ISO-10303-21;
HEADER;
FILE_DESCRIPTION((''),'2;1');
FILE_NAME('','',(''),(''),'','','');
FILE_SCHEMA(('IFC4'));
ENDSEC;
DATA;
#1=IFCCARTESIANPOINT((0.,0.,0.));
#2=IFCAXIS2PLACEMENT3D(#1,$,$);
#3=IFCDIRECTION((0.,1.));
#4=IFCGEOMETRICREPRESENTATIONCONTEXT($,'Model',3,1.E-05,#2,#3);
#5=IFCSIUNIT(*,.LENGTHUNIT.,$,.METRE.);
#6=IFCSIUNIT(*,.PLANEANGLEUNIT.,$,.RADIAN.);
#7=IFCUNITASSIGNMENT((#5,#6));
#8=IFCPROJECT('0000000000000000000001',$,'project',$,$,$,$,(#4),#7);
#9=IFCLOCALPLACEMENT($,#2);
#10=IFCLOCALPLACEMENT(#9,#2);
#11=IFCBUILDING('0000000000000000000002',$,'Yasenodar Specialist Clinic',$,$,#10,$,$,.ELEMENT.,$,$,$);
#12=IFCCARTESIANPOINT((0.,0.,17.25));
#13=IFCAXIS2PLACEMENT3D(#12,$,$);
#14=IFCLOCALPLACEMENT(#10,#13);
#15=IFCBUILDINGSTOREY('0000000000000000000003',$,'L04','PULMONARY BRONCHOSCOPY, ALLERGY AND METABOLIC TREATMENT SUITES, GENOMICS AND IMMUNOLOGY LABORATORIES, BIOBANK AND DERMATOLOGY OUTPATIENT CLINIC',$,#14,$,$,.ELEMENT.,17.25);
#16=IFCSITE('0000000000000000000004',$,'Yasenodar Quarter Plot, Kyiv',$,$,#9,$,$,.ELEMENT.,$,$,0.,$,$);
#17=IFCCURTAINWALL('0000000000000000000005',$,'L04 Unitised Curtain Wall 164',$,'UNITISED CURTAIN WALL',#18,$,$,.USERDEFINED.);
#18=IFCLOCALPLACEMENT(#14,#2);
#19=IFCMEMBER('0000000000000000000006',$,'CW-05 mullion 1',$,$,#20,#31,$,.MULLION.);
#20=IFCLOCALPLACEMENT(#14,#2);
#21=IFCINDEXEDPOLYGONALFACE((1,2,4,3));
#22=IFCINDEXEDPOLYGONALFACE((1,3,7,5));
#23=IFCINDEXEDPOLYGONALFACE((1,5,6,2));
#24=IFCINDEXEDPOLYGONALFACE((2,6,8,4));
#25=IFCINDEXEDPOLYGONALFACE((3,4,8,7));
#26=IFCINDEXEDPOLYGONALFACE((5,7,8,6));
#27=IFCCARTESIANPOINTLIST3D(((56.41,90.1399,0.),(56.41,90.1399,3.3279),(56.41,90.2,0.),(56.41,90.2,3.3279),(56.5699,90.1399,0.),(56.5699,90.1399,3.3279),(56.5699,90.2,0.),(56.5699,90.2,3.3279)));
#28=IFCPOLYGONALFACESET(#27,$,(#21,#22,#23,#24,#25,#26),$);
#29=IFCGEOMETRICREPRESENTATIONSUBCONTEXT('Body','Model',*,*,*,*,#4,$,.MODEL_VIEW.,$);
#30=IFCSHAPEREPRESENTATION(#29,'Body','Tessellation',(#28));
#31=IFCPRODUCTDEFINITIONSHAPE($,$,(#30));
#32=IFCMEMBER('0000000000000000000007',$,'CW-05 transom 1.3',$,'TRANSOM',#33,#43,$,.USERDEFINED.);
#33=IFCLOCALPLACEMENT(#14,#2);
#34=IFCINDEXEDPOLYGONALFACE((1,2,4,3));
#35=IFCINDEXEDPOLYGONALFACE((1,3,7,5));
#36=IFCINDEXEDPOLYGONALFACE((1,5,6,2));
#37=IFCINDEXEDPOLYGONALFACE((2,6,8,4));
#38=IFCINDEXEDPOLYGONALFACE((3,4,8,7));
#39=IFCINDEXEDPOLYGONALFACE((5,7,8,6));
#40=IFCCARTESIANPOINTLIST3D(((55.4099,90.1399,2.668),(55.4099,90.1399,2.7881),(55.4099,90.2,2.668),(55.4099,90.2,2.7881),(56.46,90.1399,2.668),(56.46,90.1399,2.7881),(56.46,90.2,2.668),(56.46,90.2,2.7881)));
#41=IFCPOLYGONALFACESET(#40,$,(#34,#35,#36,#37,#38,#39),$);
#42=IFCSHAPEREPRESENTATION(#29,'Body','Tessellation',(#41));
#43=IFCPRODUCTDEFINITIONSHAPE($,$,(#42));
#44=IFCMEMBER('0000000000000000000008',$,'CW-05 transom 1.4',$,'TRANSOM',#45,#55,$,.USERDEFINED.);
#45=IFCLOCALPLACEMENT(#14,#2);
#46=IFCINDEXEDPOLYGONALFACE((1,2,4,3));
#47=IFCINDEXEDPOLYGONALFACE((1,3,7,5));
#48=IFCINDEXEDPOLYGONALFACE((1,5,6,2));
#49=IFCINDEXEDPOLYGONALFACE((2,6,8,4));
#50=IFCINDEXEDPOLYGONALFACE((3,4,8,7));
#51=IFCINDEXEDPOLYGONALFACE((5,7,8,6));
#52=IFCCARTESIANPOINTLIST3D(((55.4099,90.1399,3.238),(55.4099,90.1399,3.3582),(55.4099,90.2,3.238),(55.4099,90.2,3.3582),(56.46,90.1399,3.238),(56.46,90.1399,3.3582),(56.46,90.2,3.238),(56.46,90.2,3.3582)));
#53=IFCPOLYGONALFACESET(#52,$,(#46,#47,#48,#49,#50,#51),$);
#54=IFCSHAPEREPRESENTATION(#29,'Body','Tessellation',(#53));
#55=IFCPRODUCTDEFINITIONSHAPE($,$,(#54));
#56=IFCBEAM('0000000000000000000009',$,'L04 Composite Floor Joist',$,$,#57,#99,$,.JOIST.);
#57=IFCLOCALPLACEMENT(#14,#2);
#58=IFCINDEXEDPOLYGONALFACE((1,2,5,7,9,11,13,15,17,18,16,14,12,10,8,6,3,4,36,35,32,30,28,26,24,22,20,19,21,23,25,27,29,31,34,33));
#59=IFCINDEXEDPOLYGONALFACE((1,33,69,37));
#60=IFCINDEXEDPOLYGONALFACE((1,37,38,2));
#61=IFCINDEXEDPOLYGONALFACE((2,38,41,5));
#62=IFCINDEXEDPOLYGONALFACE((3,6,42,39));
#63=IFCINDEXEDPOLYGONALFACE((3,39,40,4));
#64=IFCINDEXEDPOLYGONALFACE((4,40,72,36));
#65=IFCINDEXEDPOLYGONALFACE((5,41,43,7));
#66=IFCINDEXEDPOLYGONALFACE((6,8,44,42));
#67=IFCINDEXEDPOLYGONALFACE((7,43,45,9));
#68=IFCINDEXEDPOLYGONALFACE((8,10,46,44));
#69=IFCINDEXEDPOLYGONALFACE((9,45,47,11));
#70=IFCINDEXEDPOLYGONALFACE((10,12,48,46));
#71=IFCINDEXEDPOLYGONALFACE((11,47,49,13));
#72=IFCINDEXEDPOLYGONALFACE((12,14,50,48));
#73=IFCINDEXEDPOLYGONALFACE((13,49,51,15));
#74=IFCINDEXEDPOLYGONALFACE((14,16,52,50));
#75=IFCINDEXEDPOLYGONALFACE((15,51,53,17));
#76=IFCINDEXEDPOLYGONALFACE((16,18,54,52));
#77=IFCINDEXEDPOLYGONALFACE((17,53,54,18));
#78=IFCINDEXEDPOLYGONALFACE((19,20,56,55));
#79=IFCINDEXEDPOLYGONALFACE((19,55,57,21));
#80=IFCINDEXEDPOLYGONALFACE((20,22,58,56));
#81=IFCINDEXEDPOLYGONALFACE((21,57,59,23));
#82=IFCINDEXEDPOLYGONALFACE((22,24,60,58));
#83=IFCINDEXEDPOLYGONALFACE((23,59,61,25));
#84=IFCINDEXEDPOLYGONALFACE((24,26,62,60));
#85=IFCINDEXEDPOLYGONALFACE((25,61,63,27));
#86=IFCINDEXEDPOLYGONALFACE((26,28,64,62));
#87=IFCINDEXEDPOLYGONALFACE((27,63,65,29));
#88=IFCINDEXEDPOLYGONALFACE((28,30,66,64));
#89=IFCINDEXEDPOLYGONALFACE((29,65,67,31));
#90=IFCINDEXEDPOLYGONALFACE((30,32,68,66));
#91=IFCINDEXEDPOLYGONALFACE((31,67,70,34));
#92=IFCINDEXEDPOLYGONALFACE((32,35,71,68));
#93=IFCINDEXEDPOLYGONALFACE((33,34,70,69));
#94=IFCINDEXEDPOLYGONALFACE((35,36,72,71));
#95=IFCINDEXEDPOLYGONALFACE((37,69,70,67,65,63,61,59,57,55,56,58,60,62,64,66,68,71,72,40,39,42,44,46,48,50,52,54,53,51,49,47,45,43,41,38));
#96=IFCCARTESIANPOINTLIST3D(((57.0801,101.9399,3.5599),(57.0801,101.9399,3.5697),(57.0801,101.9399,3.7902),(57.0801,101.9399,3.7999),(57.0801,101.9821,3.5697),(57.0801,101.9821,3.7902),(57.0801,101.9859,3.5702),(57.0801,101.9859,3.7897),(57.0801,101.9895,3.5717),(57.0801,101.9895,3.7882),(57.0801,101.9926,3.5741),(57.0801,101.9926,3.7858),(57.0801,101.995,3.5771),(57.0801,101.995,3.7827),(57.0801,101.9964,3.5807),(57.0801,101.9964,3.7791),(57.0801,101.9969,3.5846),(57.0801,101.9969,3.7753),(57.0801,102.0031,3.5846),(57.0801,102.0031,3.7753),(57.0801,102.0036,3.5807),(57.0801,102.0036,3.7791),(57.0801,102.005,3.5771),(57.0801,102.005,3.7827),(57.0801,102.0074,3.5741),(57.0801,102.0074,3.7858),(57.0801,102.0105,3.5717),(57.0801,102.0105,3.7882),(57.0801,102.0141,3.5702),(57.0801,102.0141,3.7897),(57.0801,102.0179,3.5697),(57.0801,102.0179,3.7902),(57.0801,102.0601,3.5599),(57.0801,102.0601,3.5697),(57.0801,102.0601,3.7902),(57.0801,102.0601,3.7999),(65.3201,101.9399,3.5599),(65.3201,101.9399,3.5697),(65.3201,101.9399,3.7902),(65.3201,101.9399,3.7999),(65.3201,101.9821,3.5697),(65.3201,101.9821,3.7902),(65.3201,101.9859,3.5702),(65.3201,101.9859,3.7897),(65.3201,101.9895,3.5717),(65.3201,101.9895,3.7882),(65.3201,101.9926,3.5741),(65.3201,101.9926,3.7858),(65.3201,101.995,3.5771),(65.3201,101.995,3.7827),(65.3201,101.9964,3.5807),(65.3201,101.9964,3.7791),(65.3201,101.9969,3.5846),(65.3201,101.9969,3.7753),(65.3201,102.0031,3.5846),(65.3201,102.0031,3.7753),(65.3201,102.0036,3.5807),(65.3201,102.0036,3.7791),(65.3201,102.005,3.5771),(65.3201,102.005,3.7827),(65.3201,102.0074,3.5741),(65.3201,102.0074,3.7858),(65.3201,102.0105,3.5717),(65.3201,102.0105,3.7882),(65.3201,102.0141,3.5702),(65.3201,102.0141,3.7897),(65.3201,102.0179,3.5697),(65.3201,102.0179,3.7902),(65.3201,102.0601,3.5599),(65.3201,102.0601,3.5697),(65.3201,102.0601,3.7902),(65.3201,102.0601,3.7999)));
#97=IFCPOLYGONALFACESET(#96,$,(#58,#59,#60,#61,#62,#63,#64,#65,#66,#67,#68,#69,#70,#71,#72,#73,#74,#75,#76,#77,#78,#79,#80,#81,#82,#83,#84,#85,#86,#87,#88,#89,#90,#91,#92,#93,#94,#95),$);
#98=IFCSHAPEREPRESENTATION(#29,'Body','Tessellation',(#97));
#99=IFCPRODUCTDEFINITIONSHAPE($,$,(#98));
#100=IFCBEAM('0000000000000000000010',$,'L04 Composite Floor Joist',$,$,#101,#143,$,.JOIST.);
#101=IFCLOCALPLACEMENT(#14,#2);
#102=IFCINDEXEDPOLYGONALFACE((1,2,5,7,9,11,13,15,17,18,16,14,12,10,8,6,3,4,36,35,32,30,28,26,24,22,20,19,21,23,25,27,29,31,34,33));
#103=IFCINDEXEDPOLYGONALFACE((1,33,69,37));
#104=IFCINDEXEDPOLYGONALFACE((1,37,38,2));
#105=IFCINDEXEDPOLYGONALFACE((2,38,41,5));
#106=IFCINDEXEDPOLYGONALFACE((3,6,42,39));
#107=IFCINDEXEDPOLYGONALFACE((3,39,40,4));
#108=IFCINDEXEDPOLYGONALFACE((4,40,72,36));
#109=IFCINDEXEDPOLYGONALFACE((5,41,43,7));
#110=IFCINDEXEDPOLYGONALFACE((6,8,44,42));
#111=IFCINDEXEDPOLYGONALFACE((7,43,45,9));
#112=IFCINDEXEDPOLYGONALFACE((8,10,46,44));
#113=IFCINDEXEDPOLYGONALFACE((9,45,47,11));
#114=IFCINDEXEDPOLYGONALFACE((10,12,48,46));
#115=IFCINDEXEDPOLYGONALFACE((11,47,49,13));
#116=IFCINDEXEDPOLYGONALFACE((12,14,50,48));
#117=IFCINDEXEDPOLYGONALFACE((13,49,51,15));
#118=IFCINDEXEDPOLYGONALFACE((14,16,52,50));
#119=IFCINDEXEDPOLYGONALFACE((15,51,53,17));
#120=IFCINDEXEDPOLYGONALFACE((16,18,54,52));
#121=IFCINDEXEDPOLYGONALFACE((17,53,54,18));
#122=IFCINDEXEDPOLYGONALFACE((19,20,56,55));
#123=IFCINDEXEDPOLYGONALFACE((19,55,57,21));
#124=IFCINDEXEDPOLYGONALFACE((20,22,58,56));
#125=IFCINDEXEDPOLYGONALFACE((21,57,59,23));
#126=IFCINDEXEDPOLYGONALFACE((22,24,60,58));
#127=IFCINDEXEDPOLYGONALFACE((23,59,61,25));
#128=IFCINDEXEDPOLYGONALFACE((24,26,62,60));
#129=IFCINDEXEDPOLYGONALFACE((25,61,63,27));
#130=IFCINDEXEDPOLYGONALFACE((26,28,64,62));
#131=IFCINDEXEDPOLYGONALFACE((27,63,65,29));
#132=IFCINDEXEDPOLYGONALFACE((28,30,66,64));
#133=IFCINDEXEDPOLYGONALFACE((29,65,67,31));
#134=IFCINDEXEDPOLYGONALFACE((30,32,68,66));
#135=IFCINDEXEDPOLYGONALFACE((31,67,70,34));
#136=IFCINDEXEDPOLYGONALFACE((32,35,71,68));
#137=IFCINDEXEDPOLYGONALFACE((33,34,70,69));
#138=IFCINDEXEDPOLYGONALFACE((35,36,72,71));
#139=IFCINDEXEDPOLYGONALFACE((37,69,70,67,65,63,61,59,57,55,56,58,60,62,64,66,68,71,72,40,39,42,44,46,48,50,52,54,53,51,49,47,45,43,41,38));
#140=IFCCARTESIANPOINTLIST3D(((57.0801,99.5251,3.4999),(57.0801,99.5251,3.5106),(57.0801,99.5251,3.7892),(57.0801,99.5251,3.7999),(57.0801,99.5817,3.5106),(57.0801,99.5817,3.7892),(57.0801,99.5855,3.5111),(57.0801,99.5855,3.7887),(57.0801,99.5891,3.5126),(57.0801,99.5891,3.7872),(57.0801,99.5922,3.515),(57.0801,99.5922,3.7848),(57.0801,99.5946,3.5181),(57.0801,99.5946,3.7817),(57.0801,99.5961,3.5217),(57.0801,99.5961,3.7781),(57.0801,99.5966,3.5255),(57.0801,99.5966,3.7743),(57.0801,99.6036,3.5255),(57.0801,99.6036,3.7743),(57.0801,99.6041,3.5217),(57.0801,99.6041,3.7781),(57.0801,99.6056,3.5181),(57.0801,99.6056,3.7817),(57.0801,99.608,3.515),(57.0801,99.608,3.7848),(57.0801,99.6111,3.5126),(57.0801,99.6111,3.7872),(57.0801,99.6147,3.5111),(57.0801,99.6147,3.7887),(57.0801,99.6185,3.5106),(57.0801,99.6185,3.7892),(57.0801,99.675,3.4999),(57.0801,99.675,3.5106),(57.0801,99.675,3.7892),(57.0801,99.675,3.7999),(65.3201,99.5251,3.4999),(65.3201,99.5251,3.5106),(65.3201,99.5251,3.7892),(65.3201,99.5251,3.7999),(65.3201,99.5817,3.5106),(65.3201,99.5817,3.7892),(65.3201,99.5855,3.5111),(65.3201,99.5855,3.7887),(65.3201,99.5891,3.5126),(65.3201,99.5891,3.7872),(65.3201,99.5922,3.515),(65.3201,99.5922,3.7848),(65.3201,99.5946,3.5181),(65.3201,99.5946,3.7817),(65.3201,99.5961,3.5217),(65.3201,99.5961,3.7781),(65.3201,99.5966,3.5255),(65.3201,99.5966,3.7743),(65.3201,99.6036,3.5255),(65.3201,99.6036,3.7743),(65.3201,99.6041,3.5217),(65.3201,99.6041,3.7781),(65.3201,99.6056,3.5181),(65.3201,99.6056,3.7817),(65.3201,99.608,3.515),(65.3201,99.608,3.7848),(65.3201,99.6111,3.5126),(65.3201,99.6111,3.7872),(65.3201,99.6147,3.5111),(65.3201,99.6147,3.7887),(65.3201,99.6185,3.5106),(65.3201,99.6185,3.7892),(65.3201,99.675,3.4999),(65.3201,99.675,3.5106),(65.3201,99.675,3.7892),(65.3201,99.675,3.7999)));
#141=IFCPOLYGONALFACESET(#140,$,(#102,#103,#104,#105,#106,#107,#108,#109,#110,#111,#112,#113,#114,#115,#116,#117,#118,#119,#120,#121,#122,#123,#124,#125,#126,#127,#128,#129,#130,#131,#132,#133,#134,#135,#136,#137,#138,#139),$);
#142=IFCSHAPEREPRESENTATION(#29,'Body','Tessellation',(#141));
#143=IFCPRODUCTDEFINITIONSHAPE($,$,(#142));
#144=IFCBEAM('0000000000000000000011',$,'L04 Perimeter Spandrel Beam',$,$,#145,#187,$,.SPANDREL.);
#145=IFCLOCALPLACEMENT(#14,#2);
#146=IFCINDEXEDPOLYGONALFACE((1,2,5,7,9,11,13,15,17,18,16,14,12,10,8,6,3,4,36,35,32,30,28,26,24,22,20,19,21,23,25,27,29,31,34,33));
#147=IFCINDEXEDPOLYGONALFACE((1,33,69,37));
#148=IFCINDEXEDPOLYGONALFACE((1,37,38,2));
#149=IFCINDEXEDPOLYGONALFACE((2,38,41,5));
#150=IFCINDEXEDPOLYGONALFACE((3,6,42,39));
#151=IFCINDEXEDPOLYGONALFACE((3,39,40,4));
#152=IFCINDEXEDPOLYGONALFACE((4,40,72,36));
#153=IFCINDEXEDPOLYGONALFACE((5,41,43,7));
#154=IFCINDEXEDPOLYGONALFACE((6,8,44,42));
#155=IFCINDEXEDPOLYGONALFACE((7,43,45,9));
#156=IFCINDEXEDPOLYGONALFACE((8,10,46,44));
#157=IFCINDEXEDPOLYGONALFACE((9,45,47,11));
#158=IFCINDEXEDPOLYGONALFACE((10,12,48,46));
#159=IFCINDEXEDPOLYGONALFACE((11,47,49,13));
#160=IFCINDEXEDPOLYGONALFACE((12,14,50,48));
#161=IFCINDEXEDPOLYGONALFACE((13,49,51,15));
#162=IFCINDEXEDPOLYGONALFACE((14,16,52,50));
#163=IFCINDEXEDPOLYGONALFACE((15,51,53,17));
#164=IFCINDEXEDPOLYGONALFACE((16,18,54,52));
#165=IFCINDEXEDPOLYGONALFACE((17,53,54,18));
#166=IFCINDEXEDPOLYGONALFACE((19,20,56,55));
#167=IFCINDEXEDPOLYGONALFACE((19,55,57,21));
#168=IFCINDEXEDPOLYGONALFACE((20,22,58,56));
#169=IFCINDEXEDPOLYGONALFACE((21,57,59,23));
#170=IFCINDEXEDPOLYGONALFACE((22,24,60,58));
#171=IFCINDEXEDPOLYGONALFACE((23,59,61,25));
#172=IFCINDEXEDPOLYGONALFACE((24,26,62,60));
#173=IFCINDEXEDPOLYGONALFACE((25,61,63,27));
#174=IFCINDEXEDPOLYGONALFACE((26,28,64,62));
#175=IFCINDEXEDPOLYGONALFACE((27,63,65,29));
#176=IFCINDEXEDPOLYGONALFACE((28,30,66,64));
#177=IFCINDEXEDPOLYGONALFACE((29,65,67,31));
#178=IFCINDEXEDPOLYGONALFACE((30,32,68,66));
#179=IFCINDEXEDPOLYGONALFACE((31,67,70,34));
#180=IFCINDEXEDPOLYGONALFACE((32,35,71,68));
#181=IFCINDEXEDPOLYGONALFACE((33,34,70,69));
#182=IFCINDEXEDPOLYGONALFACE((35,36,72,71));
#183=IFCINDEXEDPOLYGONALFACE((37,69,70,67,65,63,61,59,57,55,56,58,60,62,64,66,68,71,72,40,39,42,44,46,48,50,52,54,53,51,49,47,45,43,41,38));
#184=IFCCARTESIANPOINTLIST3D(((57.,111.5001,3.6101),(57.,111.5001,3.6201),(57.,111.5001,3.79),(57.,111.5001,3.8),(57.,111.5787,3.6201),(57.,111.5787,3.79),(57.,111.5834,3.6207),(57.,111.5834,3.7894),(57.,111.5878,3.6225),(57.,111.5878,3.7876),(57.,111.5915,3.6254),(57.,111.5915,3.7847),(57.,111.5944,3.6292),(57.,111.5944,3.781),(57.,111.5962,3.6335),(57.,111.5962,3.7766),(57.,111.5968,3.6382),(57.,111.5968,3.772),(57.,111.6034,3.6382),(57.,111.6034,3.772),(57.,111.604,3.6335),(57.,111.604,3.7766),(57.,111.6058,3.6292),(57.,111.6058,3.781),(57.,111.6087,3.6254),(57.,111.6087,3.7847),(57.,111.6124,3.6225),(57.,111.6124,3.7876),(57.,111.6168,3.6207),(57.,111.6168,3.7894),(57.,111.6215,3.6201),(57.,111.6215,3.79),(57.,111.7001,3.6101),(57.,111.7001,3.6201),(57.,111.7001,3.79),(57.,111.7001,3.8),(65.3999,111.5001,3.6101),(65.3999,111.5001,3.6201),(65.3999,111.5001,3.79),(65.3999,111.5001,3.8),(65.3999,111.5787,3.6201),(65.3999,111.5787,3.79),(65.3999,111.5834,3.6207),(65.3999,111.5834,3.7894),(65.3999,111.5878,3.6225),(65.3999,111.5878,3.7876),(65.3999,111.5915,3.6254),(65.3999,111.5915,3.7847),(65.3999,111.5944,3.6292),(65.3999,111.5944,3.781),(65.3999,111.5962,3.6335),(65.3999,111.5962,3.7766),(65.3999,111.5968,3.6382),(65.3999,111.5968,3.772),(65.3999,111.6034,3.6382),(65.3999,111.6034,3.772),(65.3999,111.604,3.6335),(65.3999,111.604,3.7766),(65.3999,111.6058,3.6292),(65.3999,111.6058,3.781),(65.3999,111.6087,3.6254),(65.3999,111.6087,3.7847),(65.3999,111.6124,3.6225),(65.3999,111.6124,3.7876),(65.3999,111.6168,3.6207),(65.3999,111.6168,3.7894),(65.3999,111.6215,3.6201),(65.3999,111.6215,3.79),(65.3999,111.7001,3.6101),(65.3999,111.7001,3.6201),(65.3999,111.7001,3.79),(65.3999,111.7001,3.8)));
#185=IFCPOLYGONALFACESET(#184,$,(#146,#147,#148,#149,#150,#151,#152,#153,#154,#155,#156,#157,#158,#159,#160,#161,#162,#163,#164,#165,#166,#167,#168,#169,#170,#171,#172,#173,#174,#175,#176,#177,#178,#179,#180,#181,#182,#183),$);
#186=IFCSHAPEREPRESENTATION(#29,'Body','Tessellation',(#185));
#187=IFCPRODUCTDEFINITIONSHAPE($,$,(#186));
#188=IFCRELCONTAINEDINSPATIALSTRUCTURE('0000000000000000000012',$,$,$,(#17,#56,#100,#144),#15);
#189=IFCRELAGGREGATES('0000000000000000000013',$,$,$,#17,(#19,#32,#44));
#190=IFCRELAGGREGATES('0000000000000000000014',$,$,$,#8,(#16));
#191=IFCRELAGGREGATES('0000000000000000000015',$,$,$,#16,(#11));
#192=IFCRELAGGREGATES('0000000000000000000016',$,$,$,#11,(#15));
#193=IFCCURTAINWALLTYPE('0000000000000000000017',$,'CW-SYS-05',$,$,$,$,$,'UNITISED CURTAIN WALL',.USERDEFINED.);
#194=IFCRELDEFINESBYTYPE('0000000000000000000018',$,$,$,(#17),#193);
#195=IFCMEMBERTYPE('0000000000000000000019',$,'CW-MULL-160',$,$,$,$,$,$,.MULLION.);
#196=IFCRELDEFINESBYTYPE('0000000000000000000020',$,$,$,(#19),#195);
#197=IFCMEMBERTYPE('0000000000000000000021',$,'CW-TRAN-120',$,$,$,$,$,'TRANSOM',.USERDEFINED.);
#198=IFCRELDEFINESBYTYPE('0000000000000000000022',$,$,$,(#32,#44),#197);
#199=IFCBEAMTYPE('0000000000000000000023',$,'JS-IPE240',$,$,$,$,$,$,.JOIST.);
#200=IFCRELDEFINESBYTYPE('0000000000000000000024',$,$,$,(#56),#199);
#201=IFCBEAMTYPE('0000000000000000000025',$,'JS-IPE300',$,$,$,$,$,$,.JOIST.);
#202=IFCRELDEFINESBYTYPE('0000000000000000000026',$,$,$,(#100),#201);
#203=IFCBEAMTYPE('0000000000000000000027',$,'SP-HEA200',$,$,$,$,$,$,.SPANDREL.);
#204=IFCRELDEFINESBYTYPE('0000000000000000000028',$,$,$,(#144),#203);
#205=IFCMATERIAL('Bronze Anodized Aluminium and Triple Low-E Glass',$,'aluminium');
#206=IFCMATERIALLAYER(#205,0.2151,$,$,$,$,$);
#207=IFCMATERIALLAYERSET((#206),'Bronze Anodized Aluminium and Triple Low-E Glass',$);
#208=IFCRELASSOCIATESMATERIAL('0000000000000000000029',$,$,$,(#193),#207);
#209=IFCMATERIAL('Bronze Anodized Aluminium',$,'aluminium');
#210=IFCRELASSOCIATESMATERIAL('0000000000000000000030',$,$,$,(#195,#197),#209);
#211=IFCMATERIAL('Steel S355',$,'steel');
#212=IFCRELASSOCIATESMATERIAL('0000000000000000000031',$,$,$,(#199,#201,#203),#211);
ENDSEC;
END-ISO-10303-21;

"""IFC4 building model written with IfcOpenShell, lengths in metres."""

from ifc_helpers import new_model, si_unit, direction, frame, origin, origin_2d, place, context, subcontext, project, spatial, rectangle, i_section, extrude, material, layer, layer_set, material_profile, profile_set, type_object, element, aggregate, save


model = new_model("IFC4")

# Units and contexts
model_context = context("Model", 3, precision=1e-05, world=origin(), true_north=direction((0.0, 1.0)))
body_context = subcontext(model_context, "Body", "Model", "MODEL_VIEW")
ifc_project = project(units=[si_unit("LENGTHUNIT", "METRE"), si_unit("PLANEANGLEUNIT", "RADIAN")], contexts=[model_context])

# Site, building, storey
site_placement = place(None, origin())
site = spatial("IfcSite", under=ifc_project, at=site_placement, Name="Yasenodar Quarter Plot, Kyiv", CompositionType="ELEMENT", RefElevation=0.0)
building_placement = place(site_placement, origin())
building = spatial("IfcBuilding", under=site, at=building_placement, Name="Yasenodar Specialist Clinic", CompositionType="ELEMENT")
storey_placement = place(building_placement, frame((0.0, 0.0, 17.25)))
storey = spatial("IfcBuildingStorey", under=building, at=storey_placement, Name="L04", Description="PULMONARY BRONCHOSCOPY, ALLERGY AND METABOLIC TREATMENT SUITES, GENOMICS AND IMMUNOLOGY LABORATORIES, BIOBANK AND DERMATOLOGY OUTPATIENT CLINIC", CompositionType="ELEMENT", Elevation=17.25)

# Shared definitions
ifc_material_1 = material(Name="Steel S355", Category="steel")

# Curtain wall, members
ifc_material_2 = material(Name="Bronze Anodized Aluminium and Triple Low-E Glass", Category="aluminium")
ifc_layer_1 = layer(ifc_material_2, 0.2151)
ifc_layer_set_1 = layer_set([ifc_layer_1], Name="Bronze Anodized Aluminium and Triple Low-E Glass")
curtain_wall_type = type_object("IfcCurtainWallType", Name="CW-SYS-05", ElementType="UNITISED CURTAIN WALL", PredefinedType="USERDEFINED", material=ifc_layer_set_1)
curtain_wall_placement = place(storey_placement, origin())
curtain_wall = element("IfcCurtainWall", 1, at=curtain_wall_placement, inside=storey, type_object=curtain_wall_type, Name="L04 Unitised Curtain Wall 164", ObjectType="UNITISED CURTAIN WALL", PredefinedType="USERDEFINED")
ifc_material_3 = material(Name="Bronze Anodized Aluminium", Category="aluminium")
ifc_material_profile_1 = material_profile(ifc_material_3, rectangle(XDim=0.0601, YDim=0.1599, at=origin_2d()), Name="CW-MULL 60x160")
ifc_profile_set_1 = profile_set([ifc_material_profile_1], Name="Bronze Anodized Aluminium")
member_type_1 = type_object("IfcMemberType", Name="CW-MULL-160", PredefinedType="MULLION", material=ifc_profile_set_1)
member_1_placement = place(storey_placement, frame((56.49, 90.1699, 0.0), z_axis=(0.0, 0.0, 1.0), x_axis=(0.0, -1.0, 0.0)))
member_1 = element("IfcMember", 2, at=member_1_placement, type_object=member_type_1, Name="CW-05 mullion 1", PredefinedType="MULLION", context=body_context, shape_type="SweptSolid", body=[
    extrude(rectangle(XDim=0.0601, YDim=0.1599, at=origin_2d()), origin(), (0.0, 0.0, 1.0), 3.3279),
])
ifc_material_profile_2 = material_profile(ifc_material_3, rectangle(XDim=0.0601, YDim=0.1201, at=origin_2d()), Name="CW-TRAN 60x120")
ifc_profile_set_2 = profile_set([ifc_material_profile_2], Name="Bronze Anodized Aluminium")
member_type_2 = type_object("IfcMemberType", Name="CW-TRAN-120", ElementType="TRANSOM", PredefinedType="USERDEFINED", material=ifc_profile_set_2)
member_2_placement = place(storey_placement, frame((56.46, 90.1699, 2.728), z_axis=(-1.0, 0.0, 0.0), x_axis=(0.0, -1.0, 0.0)))
member_2 = element("IfcMember", 3, at=member_2_placement, type_object=member_type_2, Name="CW-05 transom 1.3", ObjectType="TRANSOM", PredefinedType="USERDEFINED", context=body_context, shape_type="SweptSolid", body=[
    extrude(rectangle(XDim=0.0601, YDim=0.1201, at=origin_2d()), origin(), (0.0, 0.0, 1.0), 1.05),
])
member_3_placement = place(storey_placement, frame((56.46, 90.1699, 3.2981), z_axis=(-1.0, 0.0, 0.0), x_axis=(0.0, -1.0, 0.0)))
member_3 = element("IfcMember", 4, at=member_3_placement, type_object=member_type_2, Name="CW-05 transom 1.4", ObjectType="TRANSOM", PredefinedType="USERDEFINED", context=body_context, shape_type="SweptSolid", body=[
    extrude(rectangle(XDim=0.0601, YDim=0.1201, at=origin_2d()), origin(), (0.0, 0.0, 1.0), 1.05),
])
aggregate(curtain_wall, [member_1, member_2, member_3])

# Beams
ifc_material_profile_3 = material_profile(ifc_material_1, i_section(OverallWidth=0.1201, OverallDepth=0.24, WebThickness=0.0061, FlangeThickness=0.0098, FilletRadius=0.0149, at=origin_2d()), Name="IPE 240")
ifc_profile_set_3 = profile_set([ifc_material_profile_3], Name="Steel S355")
beam_type_1 = type_object("IfcBeamType", Name="JS-IPE240", PredefinedType="JOIST", material=ifc_profile_set_3)
beam_1_placement = place(storey_placement, frame((57.0801, 102.0, 3.6799), z_axis=(1.0, 0.0, 0.0), x_axis=(0.0, 1.0, 0.0)))
element("IfcBeam", 5, at=beam_1_placement, inside=storey, type_object=beam_type_1, Name="L04 Composite Floor Joist", PredefinedType="JOIST", context=body_context, shape_type="SweptSolid", body=[
    extrude(i_section(OverallWidth=0.1201, OverallDepth=0.24, WebThickness=0.0061, FlangeThickness=0.0098, FilletRadius=0.0149, at=origin_2d()), origin(), (0.0, 0.0, 1.0), 8.24),
])
ifc_material_profile_4 = material_profile(ifc_material_1, i_section(OverallWidth=0.1499, OverallDepth=0.3, WebThickness=0.0071, FlangeThickness=0.0107, FilletRadius=0.0149, at=origin_2d()), Name="IPE 300")
ifc_profile_set_4 = profile_set([ifc_material_profile_4], Name="Steel S355")
beam_type_2 = type_object("IfcBeamType", Name="JS-IPE300", PredefinedType="JOIST", material=ifc_profile_set_4)
beam_2_placement = place(storey_placement, frame((57.0801, 99.6001, 3.6499), z_axis=(1.0, 0.0, 0.0), x_axis=(0.0, 1.0, 0.0)))
element("IfcBeam", 6, at=beam_2_placement, inside=storey, type_object=beam_type_2, Name="L04 Composite Floor Joist", PredefinedType="JOIST", context=body_context, shape_type="SweptSolid", body=[
    extrude(i_section(OverallWidth=0.1499, OverallDepth=0.3, WebThickness=0.0071, FlangeThickness=0.0107, FilletRadius=0.0149, at=origin_2d()), origin(), (0.0, 0.0, 1.0), 8.24),
])
ifc_material_profile_5 = material_profile(ifc_material_1, i_section(OverallWidth=0.2, OverallDepth=0.1899, WebThickness=0.0066, FlangeThickness=0.01, FilletRadius=0.0181, at=origin_2d()), Name="HEA 200")
ifc_profile_set_5 = profile_set([ifc_material_profile_5], Name="Steel S355")
beam_type_3 = type_object("IfcBeamType", Name="SP-HEA200", PredefinedType="SPANDREL", material=ifc_profile_set_5)
beam_3_placement = place(storey_placement, frame((57.0, 111.6001, 3.7051), z_axis=(1.0, 0.0, 0.0), x_axis=(0.0, 1.0, 0.0)))
element("IfcBeam", 7, at=beam_3_placement, inside=storey, type_object=beam_type_3, Name="L04 Perimeter Spandrel Beam", PredefinedType="SPANDREL", context=body_context, shape_type="SweptSolid", body=[
    extrude(i_section(OverallWidth=0.2, OverallDepth=0.1899, WebThickness=0.0066, FlangeThickness=0.01, FilletRadius=0.0181, at=origin_2d()), origin(), (0.0, 0.0, 1.0), 8.3999),
])

save(model, "model.ifc")
